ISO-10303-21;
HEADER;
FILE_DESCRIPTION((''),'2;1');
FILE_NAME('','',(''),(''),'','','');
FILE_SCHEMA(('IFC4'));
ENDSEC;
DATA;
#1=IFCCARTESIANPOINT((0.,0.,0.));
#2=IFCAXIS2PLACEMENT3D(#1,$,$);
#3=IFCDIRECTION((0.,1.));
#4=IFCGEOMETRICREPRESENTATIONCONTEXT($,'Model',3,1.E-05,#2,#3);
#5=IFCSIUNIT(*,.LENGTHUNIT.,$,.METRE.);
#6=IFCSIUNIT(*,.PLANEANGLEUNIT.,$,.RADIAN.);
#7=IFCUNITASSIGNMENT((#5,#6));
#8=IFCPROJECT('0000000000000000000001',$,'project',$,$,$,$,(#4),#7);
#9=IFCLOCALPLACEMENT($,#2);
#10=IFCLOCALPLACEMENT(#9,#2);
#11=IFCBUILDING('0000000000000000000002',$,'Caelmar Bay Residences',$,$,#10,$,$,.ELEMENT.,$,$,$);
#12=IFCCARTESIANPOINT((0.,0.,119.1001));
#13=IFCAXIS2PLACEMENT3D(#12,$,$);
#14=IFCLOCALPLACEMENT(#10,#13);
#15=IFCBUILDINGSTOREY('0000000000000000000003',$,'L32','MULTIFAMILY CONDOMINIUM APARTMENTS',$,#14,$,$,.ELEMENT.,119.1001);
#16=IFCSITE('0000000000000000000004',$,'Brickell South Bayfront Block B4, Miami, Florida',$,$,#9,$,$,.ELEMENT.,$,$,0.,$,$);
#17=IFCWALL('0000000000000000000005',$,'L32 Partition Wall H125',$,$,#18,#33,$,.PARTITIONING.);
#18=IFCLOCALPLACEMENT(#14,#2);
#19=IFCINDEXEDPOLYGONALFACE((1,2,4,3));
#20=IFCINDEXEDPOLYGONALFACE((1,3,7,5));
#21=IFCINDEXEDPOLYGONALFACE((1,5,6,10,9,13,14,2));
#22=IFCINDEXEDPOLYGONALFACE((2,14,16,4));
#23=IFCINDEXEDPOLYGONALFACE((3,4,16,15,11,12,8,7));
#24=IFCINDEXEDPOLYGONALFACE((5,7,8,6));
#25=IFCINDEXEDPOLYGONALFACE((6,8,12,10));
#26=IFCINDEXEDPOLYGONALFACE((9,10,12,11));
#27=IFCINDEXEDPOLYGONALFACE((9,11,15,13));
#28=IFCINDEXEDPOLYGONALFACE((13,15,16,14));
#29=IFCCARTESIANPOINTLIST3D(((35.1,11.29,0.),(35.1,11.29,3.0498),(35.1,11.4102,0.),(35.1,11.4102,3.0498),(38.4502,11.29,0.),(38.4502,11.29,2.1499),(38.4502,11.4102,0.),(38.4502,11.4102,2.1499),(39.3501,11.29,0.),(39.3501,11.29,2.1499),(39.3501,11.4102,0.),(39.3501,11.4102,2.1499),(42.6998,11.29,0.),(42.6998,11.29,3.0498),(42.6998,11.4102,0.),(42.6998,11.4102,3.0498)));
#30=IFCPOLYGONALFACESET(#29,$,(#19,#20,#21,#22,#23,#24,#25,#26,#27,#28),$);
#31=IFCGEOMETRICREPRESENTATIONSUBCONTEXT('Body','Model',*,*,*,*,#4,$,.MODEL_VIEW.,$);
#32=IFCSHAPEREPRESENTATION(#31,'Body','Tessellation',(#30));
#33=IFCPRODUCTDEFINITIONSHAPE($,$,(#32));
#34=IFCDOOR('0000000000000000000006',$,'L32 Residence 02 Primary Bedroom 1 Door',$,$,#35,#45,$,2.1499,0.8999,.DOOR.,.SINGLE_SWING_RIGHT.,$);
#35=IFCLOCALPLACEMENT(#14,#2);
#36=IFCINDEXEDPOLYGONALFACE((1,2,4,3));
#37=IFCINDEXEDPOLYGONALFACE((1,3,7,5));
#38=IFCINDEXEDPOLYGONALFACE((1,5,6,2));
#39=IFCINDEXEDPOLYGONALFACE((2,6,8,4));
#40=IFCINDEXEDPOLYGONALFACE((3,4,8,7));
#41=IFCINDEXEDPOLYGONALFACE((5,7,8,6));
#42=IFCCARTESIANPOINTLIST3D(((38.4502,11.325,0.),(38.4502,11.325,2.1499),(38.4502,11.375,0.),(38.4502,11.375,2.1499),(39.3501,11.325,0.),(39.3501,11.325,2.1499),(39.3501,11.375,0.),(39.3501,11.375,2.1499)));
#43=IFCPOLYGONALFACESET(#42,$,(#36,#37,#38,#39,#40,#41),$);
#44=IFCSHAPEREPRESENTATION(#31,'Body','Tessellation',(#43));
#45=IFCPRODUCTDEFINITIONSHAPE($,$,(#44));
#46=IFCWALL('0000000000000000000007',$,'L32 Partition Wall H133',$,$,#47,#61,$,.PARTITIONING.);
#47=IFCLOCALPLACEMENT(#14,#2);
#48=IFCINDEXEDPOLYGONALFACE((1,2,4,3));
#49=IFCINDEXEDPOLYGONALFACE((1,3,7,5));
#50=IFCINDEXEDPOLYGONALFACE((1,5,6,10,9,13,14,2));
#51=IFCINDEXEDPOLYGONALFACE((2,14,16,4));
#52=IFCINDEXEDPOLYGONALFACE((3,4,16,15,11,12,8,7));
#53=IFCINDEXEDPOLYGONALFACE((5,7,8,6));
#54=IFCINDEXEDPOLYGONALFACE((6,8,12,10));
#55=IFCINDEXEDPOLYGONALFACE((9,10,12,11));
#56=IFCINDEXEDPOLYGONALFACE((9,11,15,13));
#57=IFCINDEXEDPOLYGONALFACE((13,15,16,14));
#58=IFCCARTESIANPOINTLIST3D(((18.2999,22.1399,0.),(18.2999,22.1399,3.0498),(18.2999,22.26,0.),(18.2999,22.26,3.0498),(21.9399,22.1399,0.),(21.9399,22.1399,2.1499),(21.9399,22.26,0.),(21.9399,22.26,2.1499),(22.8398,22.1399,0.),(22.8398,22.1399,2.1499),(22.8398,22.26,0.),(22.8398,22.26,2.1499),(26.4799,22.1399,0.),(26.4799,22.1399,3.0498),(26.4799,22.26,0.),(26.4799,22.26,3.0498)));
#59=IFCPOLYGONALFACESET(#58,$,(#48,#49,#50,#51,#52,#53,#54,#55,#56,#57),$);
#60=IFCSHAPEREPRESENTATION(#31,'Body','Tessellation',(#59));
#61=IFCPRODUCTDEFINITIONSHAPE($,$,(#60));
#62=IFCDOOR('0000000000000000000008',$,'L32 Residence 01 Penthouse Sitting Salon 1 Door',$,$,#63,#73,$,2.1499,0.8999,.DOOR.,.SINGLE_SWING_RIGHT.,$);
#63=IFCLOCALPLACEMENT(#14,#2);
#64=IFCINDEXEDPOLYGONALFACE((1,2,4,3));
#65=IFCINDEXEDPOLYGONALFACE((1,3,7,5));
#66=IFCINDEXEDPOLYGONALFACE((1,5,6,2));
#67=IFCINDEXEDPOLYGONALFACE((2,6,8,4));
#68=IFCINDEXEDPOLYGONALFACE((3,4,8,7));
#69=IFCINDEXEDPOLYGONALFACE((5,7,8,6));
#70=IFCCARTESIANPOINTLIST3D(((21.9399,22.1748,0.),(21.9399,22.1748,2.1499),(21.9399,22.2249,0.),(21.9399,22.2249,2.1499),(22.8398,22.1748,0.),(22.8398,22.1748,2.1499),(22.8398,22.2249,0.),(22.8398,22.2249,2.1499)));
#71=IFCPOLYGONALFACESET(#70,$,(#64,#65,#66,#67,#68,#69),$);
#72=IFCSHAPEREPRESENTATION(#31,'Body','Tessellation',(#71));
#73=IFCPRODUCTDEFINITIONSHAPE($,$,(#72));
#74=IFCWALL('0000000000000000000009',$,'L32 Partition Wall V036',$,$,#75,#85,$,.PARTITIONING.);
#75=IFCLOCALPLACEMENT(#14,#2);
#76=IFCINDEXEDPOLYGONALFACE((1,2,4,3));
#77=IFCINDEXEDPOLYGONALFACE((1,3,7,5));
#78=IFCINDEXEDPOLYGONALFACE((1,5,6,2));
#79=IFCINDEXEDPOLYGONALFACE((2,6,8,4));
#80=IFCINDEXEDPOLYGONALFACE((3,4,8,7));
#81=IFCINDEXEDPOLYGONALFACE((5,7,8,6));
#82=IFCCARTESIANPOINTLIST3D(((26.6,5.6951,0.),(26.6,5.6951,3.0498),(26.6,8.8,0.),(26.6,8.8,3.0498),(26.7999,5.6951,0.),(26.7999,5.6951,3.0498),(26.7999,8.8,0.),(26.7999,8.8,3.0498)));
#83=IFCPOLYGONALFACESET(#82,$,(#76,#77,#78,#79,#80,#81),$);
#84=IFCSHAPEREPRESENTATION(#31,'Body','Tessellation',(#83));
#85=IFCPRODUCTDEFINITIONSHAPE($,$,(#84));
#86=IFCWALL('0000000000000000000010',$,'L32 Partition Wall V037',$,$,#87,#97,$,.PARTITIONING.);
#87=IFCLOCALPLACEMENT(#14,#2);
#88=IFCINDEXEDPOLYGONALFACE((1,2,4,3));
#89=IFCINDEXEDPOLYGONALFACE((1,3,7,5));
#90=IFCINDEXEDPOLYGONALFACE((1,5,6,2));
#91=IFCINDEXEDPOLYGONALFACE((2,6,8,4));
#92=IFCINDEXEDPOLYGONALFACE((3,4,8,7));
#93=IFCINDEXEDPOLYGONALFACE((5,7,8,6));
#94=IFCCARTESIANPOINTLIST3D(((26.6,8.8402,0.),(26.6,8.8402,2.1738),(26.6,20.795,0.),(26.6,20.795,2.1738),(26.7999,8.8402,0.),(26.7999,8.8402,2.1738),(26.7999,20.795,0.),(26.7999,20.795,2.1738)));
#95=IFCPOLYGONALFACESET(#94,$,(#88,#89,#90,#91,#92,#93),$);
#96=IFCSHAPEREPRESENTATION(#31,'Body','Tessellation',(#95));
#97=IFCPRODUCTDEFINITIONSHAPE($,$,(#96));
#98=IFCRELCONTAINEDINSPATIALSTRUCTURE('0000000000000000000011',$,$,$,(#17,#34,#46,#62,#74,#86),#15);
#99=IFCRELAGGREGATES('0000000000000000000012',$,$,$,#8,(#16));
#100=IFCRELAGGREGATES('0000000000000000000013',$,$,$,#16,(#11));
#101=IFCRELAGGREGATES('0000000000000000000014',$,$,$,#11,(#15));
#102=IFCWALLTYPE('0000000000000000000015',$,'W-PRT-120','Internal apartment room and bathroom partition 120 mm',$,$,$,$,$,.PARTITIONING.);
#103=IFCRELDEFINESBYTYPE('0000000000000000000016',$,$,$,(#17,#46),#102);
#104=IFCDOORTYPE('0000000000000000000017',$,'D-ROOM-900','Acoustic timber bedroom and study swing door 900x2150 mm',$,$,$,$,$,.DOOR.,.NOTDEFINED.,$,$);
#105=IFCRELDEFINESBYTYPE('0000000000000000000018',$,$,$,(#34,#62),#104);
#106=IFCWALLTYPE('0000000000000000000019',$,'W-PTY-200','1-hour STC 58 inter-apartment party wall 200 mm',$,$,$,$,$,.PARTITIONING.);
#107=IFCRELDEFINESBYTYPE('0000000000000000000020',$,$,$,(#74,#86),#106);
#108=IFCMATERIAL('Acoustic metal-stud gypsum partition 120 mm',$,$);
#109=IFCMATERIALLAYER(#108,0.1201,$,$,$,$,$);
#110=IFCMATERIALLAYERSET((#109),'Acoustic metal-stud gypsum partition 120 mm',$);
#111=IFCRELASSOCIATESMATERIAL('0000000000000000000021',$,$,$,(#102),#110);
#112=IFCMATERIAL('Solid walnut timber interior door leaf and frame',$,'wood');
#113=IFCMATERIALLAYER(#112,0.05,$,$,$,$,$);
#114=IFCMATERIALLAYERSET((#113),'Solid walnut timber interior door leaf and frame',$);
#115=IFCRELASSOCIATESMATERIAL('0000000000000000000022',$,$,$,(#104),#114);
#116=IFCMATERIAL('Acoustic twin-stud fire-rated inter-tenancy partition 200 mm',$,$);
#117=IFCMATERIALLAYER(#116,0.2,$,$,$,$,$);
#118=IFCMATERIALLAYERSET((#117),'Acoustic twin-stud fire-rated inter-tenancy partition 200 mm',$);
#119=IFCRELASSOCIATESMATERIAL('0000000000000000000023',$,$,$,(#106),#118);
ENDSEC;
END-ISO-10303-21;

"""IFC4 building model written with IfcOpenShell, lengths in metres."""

from ifc_helpers import new_model, si_unit, direction, frame, frame_2d, origin, place, context, subcontext, project, spatial, rectangle, extrude, material, layer, layer_set, type_object, element, fill, save


model = new_model("IFC4")

# Units and contexts
model_context = context("Model", 3, precision=1e-05, world=origin(), true_north=direction((0.0, 1.0)))
body_context = subcontext(model_context, "Body", "Model", "MODEL_VIEW")
ifc_project = project(units=[si_unit("LENGTHUNIT", "METRE"), si_unit("PLANEANGLEUNIT", "RADIAN")], contexts=[model_context])

# Site, building, storey
site_placement = place(None, origin())
site = spatial("IfcSite", under=ifc_project, at=site_placement, Name="Brickell South Bayfront Block B4, Miami, Florida", CompositionType="ELEMENT", RefElevation=0.0)
building_placement = place(site_placement, origin())
building = spatial("IfcBuilding", under=site, at=building_placement, Name="Caelmar Bay Residences", CompositionType="ELEMENT")
storey_placement = place(building_placement, frame((0.0, 0.0, 119.1001)))
storey = spatial("IfcBuildingStorey", under=building, at=storey_placement, Name="L32", Description="MULTIFAMILY CONDOMINIUM APARTMENTS", CompositionType="ELEMENT", Elevation=119.1001)

# Shared definitions
ifc_material_1 = material(Name="Acoustic metal-stud gypsum partition 120 mm")
ifc_layer_1 = layer(ifc_material_1, 0.1201)
ifc_layer_set_1 = layer_set([ifc_layer_1], Name="Acoustic metal-stud gypsum partition 120 mm")
wall_type_1 = type_object("IfcWallType", Name="W-PRT-120", Description="Internal apartment room and bathroom partition 120 mm", PredefinedType="PARTITIONING", material=ifc_layer_set_1)

# Walls, openings, doors
wall_1_placement = place(storey_placement, frame((35.1001, 11.3501, 0.0), z_axis=(0.0, 0.0, 1.0), x_axis=(1.0, 0.0, 0.0)))
wall_1 = element("IfcWall", 1, at=wall_1_placement, inside=storey, type_object=wall_type_1, Name="L32 Partition Wall H125", PredefinedType="PARTITIONING", context=body_context, shape_type="SweptSolid", body=[
    extrude(rectangle(XDim=7.5999, YDim=0.1201, at=frame_2d((3.7998, 0.0))), origin(), (0.0, 0.0, 1.0), 3.0498),
])
opening_1_placement = place(wall_1_placement, frame((3.3501, 0.0, 0.0)))
opening_1 = element("IfcOpeningElement", 2, at=opening_1_placement, cuts=wall_1, PredefinedType="OPENING", context=body_context, shape_type="SweptSolid", body=[
    extrude(rectangle(XDim=0.8999, YDim=2.1499, at=frame_2d((0.45, 1.075))), frame((0.0, 0.0701, 0.0), z_axis=(0.0, -1.0, 0.0), x_axis=(1.0, 0.0, 0.0)), (0.0, 0.0, 1.0), 0.1401),
])
ifc_material_2 = material(Name="Solid walnut timber interior door leaf and frame", Category="wood")
ifc_layer_2 = layer(ifc_material_2, 0.05)
ifc_layer_set_2 = layer_set([ifc_layer_2], Name="Solid walnut timber interior door leaf and frame")
door_type = type_object("IfcDoorType", Name="D-ROOM-900", Description="Acoustic timber bedroom and study swing door 900x2150 mm", OperationType="NOTDEFINED", PredefinedType="DOOR", material=ifc_layer_set_2)
door_1_placement = place(opening_1_placement, origin())
door_1 = element("IfcDoor", 3, at=door_1_placement, inside=storey, type_object=door_type, Name="L32 Residence 02 Primary Bedroom 1 Door", OperationType="SINGLE_SWING_RIGHT", OverallHeight=2.1499, OverallWidth=0.8999, PredefinedType="DOOR", context=body_context, shape_type="SweptSolid", body=[
    extrude(rectangle(XDim=0.8999, YDim=2.1499, at=frame_2d((0.45, 1.075))), frame((0.0, 0.0249, 0.0), z_axis=(0.0, -1.0, 0.0), x_axis=(1.0, 0.0, 0.0)), (0.0, 0.0, 1.0), 0.05),
])
fill(opening_1, door_1)
wall_2_placement = place(storey_placement, frame((18.3, 22.2, 0.0), z_axis=(0.0, 0.0, 1.0), x_axis=(1.0, 0.0, 0.0)))
wall_2 = element("IfcWall", 4, at=wall_2_placement, inside=storey, type_object=wall_type_1, Name="L32 Partition Wall H133", PredefinedType="PARTITIONING", context=body_context, shape_type="SweptSolid", body=[
    extrude(rectangle(XDim=8.1799, YDim=0.1201, at=frame_2d((4.0898, 0.0))), origin(), (0.0, 0.0, 1.0), 3.0498),
])
opening_2_placement = place(wall_2_placement, frame((3.6399, 0.0, 0.0)))
opening_2 = element("IfcOpeningElement", 5, at=opening_2_placement, cuts=wall_2, PredefinedType="OPENING", context=body_context, shape_type="SweptSolid", body=[
    extrude(rectangle(XDim=0.8999, YDim=2.1499, at=frame_2d((0.45, 1.075))), frame((0.0, 0.0701, 0.0), z_axis=(0.0, -1.0, 0.0), x_axis=(1.0, 0.0, 0.0)), (0.0, 0.0, 1.0), 0.1401),
])
door_2_placement = place(opening_2_placement, origin())
door_2 = element("IfcDoor", 6, at=door_2_placement, inside=storey, type_object=door_type, Name="L32 Residence 01 Penthouse Sitting Salon 1 Door", OperationType="SINGLE_SWING_RIGHT", OverallHeight=2.1499, OverallWidth=0.8999, PredefinedType="DOOR", context=body_context, shape_type="SweptSolid", body=[
    extrude(rectangle(XDim=0.8999, YDim=2.1499, at=frame_2d((0.45, 1.075))), frame((0.0, 0.0249, 0.0), z_axis=(0.0, -1.0, 0.0), x_axis=(1.0, 0.0, 0.0)), (0.0, 0.0, 1.0), 0.05),
])
fill(opening_2, door_2)

# Walls
ifc_material_3 = material(Name="Acoustic twin-stud fire-rated inter-tenancy partition 200 mm")
ifc_layer_3 = layer(ifc_material_3, 0.2)
ifc_layer_set_3 = layer_set([ifc_layer_3], Name="Acoustic twin-stud fire-rated inter-tenancy partition 200 mm")
wall_type_2 = type_object("IfcWallType", Name="W-PTY-200", Description="1-hour STC 58 inter-apartment party wall 200 mm", PredefinedType="PARTITIONING", material=ifc_layer_set_3)
wall_3_placement = place(storey_placement, frame((26.7, 5.6951, 0.0), z_axis=(0.0, 0.0, 1.0), x_axis=(0.0, 1.0, 0.0)))
element("IfcWall", 7, at=wall_3_placement, inside=storey, type_object=wall_type_2, Name="L32 Partition Wall V036", PredefinedType="PARTITIONING", context=body_context, shape_type="SweptSolid", body=[
    extrude(rectangle(XDim=3.105, YDim=0.2, at=frame_2d((1.5525, 0.0))), origin(), (0.0, 0.0, 1.0), 3.0498),
])
wall_4_placement = place(storey_placement, frame((26.7, 8.8401, 0.0), z_axis=(0.0, 0.0, 1.0), x_axis=(0.0, 1.0, 0.0)))
element("IfcWall", 8, at=wall_4_placement, inside=storey, type_object=wall_type_2, Name="L32 Partition Wall V037", PredefinedType="PARTITIONING", context=body_context, shape_type="SweptSolid", body=[
    extrude(rectangle(XDim=11.9548, YDim=0.2, at=frame_2d((5.9775, 0.0))), origin(), (0.0, 0.0, 1.0), 2.1738),
])

save(model, "model.ifc")
